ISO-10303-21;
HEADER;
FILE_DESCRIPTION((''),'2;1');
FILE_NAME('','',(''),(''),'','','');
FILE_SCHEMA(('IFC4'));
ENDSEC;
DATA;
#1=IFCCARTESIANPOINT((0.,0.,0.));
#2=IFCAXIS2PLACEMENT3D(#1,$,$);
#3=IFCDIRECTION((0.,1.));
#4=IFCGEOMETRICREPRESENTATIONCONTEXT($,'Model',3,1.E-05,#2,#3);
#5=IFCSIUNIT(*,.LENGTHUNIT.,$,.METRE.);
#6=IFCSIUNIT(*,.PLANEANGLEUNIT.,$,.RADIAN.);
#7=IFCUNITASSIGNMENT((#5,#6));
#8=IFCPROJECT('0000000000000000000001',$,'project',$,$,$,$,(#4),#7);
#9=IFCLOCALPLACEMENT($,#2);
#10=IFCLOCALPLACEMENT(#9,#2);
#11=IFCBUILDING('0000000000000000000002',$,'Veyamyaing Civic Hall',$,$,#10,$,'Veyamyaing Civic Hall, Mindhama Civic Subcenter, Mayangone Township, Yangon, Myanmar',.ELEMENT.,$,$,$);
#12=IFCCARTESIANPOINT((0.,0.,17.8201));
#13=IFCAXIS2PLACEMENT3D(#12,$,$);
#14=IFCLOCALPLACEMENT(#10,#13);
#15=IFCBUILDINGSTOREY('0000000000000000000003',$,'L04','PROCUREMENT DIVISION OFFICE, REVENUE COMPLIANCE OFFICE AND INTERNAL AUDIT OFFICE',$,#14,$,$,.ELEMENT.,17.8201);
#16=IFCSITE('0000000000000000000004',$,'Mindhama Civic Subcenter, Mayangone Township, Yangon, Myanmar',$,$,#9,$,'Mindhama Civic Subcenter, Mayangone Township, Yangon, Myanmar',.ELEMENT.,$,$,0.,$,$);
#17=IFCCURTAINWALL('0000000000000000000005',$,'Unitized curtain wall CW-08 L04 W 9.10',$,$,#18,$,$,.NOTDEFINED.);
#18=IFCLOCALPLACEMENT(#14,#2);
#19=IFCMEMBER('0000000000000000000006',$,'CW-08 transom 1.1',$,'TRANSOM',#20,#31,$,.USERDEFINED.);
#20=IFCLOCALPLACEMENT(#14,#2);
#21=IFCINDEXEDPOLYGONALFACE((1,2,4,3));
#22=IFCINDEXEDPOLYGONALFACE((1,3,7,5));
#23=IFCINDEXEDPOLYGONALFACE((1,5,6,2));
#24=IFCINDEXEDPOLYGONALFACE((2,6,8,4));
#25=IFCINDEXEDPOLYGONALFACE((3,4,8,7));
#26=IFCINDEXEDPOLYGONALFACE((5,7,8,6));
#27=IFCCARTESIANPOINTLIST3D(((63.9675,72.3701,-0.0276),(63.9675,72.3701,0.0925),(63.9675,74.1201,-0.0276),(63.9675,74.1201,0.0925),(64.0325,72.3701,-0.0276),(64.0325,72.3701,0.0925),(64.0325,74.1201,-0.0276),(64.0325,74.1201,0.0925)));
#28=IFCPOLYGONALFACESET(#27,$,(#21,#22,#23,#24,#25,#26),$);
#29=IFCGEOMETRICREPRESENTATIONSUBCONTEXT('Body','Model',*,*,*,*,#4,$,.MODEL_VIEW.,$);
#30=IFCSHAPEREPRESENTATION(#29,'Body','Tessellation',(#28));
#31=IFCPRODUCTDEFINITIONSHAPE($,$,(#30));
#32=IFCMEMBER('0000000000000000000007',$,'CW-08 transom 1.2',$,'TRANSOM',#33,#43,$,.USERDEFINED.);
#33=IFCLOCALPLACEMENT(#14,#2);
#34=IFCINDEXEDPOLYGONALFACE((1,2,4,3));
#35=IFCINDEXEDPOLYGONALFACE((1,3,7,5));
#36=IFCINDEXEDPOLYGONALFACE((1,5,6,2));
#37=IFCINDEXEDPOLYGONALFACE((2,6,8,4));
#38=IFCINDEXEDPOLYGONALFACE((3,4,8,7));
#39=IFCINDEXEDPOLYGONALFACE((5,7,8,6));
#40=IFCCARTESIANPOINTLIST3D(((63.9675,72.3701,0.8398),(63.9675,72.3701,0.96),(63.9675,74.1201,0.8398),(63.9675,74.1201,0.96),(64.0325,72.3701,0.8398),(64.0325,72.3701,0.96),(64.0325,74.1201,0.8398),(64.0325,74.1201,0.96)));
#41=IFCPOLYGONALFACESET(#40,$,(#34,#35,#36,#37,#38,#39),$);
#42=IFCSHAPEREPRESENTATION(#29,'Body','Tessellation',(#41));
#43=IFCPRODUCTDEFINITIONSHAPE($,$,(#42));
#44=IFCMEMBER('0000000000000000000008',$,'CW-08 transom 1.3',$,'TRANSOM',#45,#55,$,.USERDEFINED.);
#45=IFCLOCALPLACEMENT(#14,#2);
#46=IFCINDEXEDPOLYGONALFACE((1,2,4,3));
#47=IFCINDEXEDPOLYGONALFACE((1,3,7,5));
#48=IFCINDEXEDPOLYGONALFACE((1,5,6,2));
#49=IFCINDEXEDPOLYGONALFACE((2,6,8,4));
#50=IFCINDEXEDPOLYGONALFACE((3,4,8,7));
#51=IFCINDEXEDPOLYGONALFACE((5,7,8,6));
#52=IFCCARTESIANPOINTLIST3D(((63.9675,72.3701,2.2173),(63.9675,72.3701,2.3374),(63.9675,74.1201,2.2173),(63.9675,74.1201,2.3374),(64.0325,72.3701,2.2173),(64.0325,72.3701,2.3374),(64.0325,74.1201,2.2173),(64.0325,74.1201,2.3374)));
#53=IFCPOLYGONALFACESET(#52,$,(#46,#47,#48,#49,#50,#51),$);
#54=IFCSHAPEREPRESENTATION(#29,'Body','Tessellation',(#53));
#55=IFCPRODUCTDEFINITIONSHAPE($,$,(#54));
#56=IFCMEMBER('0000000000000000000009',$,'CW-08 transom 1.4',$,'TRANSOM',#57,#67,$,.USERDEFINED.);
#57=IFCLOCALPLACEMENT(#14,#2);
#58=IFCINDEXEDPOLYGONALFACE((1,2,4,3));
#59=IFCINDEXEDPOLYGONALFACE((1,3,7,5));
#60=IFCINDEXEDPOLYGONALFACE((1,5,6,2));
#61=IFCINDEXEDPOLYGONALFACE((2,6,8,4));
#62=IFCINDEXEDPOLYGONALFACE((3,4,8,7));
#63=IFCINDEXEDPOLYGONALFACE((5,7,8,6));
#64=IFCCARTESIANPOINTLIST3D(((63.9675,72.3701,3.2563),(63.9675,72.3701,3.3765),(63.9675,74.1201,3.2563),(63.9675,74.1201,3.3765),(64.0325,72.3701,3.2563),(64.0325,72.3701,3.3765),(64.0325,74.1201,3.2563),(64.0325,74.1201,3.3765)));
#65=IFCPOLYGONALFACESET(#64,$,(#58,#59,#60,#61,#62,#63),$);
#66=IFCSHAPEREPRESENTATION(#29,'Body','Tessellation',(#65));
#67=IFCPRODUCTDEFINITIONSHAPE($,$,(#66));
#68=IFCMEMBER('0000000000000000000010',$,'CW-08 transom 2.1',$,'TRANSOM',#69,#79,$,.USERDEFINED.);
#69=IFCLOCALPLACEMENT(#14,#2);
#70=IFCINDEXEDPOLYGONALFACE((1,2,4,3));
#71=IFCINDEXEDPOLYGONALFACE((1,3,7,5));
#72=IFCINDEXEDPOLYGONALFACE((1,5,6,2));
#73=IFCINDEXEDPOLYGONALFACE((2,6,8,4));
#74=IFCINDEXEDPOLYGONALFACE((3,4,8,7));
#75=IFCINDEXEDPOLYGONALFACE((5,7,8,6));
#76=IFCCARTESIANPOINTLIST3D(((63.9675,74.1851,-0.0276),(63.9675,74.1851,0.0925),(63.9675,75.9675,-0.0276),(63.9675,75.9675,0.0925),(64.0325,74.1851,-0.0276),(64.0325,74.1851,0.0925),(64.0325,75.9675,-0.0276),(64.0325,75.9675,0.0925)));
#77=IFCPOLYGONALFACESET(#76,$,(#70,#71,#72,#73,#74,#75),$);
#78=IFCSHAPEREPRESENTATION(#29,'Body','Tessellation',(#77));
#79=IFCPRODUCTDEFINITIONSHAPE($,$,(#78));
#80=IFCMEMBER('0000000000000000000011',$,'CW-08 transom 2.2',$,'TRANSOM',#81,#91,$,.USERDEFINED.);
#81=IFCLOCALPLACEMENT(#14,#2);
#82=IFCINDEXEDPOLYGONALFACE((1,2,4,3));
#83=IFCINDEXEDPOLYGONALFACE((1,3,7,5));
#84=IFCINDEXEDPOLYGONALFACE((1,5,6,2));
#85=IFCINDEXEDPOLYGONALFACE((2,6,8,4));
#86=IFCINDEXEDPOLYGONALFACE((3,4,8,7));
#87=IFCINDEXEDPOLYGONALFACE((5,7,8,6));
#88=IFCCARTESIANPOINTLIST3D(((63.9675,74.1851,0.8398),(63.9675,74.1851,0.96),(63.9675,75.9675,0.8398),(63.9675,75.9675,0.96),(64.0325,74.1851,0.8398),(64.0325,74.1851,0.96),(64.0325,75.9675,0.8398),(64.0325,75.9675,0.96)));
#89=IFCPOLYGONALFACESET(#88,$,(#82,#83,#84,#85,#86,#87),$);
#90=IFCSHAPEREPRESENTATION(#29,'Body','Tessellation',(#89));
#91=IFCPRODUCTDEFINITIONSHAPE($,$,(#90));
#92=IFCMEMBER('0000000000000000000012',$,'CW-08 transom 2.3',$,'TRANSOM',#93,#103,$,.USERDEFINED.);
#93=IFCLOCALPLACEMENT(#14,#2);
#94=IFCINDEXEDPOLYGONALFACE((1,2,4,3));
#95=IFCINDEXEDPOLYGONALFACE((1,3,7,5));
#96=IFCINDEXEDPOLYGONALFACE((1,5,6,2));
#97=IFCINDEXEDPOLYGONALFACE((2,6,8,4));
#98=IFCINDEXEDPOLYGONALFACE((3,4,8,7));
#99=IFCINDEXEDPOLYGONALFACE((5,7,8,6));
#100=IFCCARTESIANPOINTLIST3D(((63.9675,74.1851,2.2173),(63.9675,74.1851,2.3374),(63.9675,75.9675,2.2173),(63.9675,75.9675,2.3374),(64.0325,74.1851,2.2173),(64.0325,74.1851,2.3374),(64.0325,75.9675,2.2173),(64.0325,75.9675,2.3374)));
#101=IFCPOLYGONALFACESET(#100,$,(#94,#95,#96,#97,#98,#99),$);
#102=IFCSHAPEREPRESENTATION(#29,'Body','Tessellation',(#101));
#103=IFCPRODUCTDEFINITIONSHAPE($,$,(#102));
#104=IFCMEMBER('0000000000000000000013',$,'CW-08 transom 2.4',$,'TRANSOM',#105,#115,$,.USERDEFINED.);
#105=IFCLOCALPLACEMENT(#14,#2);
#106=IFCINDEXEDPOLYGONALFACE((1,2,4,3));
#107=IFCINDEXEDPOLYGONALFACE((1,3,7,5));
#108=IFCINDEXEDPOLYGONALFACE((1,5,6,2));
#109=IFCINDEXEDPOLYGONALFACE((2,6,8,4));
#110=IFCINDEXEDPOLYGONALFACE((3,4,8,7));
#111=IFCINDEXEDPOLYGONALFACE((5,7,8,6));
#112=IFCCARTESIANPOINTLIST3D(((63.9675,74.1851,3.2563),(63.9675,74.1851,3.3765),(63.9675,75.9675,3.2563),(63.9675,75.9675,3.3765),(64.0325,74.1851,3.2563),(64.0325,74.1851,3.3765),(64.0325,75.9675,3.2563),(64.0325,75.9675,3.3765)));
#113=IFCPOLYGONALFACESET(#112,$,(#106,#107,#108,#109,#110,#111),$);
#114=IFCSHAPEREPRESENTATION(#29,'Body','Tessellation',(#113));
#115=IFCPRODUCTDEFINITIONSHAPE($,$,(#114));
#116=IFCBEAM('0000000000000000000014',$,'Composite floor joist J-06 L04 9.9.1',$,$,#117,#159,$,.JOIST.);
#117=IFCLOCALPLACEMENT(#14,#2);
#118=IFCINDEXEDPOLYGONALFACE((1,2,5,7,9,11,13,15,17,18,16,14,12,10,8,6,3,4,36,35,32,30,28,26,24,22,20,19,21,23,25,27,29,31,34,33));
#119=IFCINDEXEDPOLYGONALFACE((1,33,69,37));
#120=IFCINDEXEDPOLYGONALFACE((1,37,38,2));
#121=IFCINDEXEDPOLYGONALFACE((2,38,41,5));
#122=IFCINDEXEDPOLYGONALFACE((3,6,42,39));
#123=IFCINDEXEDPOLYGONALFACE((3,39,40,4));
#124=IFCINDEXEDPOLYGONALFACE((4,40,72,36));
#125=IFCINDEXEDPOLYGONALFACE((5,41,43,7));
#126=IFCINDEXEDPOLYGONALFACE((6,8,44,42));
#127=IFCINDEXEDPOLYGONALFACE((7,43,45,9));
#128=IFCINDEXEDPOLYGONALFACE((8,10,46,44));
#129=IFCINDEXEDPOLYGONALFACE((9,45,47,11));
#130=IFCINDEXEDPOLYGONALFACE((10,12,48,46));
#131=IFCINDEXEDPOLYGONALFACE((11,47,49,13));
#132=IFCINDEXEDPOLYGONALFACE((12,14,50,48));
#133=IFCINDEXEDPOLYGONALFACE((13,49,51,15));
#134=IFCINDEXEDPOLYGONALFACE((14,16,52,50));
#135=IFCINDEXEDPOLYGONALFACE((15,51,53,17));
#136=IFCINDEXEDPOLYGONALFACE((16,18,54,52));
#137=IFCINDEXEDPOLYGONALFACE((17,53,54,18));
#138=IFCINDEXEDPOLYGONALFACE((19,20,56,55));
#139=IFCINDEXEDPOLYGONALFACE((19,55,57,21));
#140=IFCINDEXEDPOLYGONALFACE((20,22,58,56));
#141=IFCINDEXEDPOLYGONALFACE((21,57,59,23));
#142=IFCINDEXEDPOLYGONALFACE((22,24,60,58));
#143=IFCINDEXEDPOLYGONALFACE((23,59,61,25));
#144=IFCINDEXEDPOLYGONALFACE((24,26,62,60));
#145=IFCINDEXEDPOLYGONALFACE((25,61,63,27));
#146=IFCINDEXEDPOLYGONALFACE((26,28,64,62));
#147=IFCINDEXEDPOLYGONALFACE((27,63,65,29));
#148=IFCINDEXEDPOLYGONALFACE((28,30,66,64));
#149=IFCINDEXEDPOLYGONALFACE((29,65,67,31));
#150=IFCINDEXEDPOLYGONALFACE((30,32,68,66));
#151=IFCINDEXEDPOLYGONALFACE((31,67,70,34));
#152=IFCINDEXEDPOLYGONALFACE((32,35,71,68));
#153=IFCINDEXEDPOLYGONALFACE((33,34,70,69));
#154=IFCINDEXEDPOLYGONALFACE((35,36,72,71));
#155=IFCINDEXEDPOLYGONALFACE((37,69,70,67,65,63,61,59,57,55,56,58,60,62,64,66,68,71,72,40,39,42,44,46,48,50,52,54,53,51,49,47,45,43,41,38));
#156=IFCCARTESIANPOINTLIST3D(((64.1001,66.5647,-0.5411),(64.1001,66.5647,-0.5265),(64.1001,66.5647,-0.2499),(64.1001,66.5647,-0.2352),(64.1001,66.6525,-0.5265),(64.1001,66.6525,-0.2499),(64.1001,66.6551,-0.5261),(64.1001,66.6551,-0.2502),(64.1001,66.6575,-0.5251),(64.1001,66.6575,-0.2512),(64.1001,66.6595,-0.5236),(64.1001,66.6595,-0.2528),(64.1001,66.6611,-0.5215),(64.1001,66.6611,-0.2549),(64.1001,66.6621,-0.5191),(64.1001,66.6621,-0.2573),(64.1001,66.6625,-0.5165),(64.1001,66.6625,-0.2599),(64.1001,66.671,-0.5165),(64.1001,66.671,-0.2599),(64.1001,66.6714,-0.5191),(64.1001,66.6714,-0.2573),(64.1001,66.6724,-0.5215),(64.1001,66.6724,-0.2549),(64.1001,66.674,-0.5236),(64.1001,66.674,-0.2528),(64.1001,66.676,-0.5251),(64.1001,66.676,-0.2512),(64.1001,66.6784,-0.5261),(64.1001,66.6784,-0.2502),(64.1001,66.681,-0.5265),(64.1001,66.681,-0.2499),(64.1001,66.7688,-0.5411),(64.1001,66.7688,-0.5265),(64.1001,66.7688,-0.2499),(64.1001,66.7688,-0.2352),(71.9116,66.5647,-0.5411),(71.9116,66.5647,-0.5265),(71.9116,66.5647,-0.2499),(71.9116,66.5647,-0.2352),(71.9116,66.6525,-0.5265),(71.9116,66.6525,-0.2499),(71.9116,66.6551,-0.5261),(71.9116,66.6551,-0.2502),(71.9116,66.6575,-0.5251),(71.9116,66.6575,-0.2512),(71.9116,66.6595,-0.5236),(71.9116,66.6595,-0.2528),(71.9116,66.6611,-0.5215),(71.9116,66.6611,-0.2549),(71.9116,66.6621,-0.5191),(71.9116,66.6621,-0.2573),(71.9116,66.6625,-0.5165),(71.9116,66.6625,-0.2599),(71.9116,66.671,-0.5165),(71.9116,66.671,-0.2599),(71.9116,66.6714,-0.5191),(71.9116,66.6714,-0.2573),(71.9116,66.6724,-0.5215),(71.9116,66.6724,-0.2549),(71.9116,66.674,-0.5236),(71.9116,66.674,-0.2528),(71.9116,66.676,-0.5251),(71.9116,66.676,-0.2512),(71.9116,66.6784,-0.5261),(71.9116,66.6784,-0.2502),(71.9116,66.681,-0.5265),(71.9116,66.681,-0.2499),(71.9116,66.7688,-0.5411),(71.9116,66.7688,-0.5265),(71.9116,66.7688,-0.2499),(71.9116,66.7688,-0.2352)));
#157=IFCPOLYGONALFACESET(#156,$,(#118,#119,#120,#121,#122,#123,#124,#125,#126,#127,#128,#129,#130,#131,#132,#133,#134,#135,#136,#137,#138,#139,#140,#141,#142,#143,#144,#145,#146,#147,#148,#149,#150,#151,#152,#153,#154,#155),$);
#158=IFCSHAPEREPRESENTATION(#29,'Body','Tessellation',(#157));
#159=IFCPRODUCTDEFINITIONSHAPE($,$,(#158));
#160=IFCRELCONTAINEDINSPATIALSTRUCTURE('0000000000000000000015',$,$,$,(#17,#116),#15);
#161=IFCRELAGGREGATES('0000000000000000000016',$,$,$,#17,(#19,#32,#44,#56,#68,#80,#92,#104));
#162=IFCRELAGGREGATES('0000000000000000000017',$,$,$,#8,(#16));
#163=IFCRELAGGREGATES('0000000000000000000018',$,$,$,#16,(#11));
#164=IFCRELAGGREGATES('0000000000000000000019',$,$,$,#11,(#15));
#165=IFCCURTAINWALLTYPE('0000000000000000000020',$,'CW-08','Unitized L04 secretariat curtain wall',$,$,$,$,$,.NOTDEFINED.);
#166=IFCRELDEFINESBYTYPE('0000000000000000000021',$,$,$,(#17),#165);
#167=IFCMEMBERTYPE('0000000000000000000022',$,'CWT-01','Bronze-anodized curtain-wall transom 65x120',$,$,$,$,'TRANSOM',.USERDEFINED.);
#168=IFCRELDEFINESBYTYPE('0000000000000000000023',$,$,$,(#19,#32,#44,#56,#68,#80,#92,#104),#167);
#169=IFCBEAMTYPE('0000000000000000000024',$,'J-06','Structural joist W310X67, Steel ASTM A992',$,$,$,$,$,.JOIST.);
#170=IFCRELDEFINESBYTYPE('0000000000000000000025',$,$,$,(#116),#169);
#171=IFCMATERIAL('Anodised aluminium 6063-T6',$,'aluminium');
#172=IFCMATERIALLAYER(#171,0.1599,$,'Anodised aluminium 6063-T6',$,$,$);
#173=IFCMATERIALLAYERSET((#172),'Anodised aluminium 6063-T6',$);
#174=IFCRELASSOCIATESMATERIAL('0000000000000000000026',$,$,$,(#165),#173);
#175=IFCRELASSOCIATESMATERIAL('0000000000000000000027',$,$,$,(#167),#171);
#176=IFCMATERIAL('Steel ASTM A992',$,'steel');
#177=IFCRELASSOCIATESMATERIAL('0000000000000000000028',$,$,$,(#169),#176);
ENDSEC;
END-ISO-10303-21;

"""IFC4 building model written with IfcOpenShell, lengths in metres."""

from ifc_helpers import new_model, si_unit, direction, frame, origin, origin_2d, place, context, subcontext, project, spatial, rectangle, i_section, extrude, material, layer, layer_set, material_profile, profile_set, type_object, element, aggregate, save


model = new_model("IFC4")

# Units and contexts
model_context = context("Model", 3, precision=1e-05, world=origin(), true_north=direction((0.0, 1.0)))
body_context = subcontext(model_context, "Body", "Model", "MODEL_VIEW")
ifc_project = project(units=[si_unit("LENGTHUNIT", "METRE"), si_unit("PLANEANGLEUNIT", "RADIAN")], contexts=[model_context])

# Site, building, storey
site_placement = place(None, origin())
site = spatial("IfcSite", under=ifc_project, at=site_placement, Name="Mindhama Civic Subcenter, Mayangone Township, Yangon, Myanmar", LongName="Mindhama Civic Subcenter, Mayangone Township, Yangon, Myanmar", CompositionType="ELEMENT", RefElevation=0.0)
building_placement = place(site_placement, origin())
building = spatial("IfcBuilding", under=site, at=building_placement, Name="Veyamyaing Civic Hall", LongName="Veyamyaing Civic Hall, Mindhama Civic Subcenter, Mayangone Township, Yangon, Myanmar", CompositionType="ELEMENT")
storey_placement = place(building_placement, frame((0.0, 0.0, 17.8201)))
storey = spatial("IfcBuildingStorey", under=building, at=storey_placement, Name="L04", Description="PROCUREMENT DIVISION OFFICE, REVENUE COMPLIANCE OFFICE AND INTERNAL AUDIT OFFICE", CompositionType="ELEMENT", Elevation=17.8201)

# Shared definitions
ifc_material_1 = material(Name="Steel ASTM A992", Category="steel")

# Curtain wall, members
ifc_material_2 = material(Name="Anodised aluminium 6063-T6", Category="aluminium")
ifc_layer_1 = layer(ifc_material_2, 0.1599, Name="Anodised aluminium 6063-T6")
ifc_layer_set_1 = layer_set([ifc_layer_1], Name="Anodised aluminium 6063-T6")
curtain_wall_type = type_object("IfcCurtainWallType", Name="CW-08", Description="Unitized L04 secretariat curtain wall", PredefinedType="NOTDEFINED", material=ifc_layer_set_1)
curtain_wall_placement = place(storey_placement, origin())
curtain_wall = element("IfcCurtainWall", 1, at=curtain_wall_placement, inside=storey, type_object=curtain_wall_type, Name="Unitized curtain wall CW-08 L04 W 9.10", PredefinedType="NOTDEFINED")
ifc_material_profile_1 = material_profile(ifc_material_2, rectangle(XDim=0.0649, YDim=0.1201, at=origin_2d()), Name="ALU-TRN-65X120")
ifc_profile_set_1 = profile_set([ifc_material_profile_1], Name="Anodised aluminium 6063-T6")
member_type_1 = type_object("IfcMemberType", Name="CWT-01", Description="Bronze-anodized curtain-wall transom 65x120", ElementType="TRANSOM", PredefinedType="USERDEFINED", material=ifc_profile_set_1)
member_1_placement = place(storey_placement, frame((64.0, 72.3701, 0.0325), z_axis=(0.0, 1.0, 0.0), x_axis=(-1.0, 0.0, 0.0)))
member_1 = element("IfcMember", 2, at=member_1_placement, type_object=member_type_1, Name="CW-08 transom 1.1", ObjectType="TRANSOM", PredefinedType="USERDEFINED", context=body_context, shape_type="SweptSolid", body=[
    extrude(rectangle(XDim=0.0649, YDim=0.1201, at=origin_2d()), origin(), (0.0, 0.0, 1.0), 1.75),
])
member_2_placement = place(storey_placement, frame((64.0, 72.3701, 0.8999), z_axis=(0.0, 1.0, 0.0), x_axis=(-1.0, 0.0, 0.0)))
member_2 = element("IfcMember", 3, at=member_2_placement, type_object=member_type_1, Name="CW-08 transom 1.2", ObjectType="TRANSOM", PredefinedType="USERDEFINED", context=body_context, shape_type="SweptSolid", body=[
    extrude(rectangle(XDim=0.0649, YDim=0.1201, at=origin_2d()), origin(), (0.0, 0.0, 1.0), 1.75),
])
member_3_placement = place(storey_placement, frame((64.0, 72.3701, 2.2773), z_axis=(0.0, 1.0, 0.0), x_axis=(-1.0, 0.0, 0.0)))
member_3 = element("IfcMember", 4, at=member_3_placement, type_object=member_type_1, Name="CW-08 transom 1.3", ObjectType="TRANSOM", PredefinedType="USERDEFINED", context=body_context, shape_type="SweptSolid", body=[
    extrude(rectangle(XDim=0.0649, YDim=0.1201, at=origin_2d()), origin(), (0.0, 0.0, 1.0), 1.75),
])
member_4_placement = place(storey_placement, frame((64.0, 72.3701, 3.3164), z_axis=(0.0, 1.0, 0.0), x_axis=(-1.0, 0.0, 0.0)))
member_4 = element("IfcMember", 5, at=member_4_placement, type_object=member_type_1, Name="CW-08 transom 1.4", ObjectType="TRANSOM", PredefinedType="USERDEFINED", context=body_context, shape_type="SweptSolid", body=[
    extrude(rectangle(XDim=0.0649, YDim=0.1201, at=origin_2d()), origin(), (0.0, 0.0, 1.0), 1.75),
])
member_5_placement = place(storey_placement, frame((64.0, 74.1851, 0.0325), z_axis=(0.0, 1.0, 0.0), x_axis=(-1.0, 0.0, 0.0)))
member_5 = element("IfcMember", 6, at=member_5_placement, type_object=member_type_1, Name="CW-08 transom 2.1", ObjectType="TRANSOM", PredefinedType="USERDEFINED", context=body_context, shape_type="SweptSolid", body=[
    extrude(rectangle(XDim=0.0649, YDim=0.1201, at=origin_2d()), origin(), (0.0, 0.0, 1.0), 1.7825),
])
member_6_placement = place(storey_placement, frame((64.0, 74.1851, 0.8999), z_axis=(0.0, 1.0, 0.0), x_axis=(-1.0, 0.0, 0.0)))
member_6 = element("IfcMember", 7, at=member_6_placement, type_object=member_type_1, Name="CW-08 transom 2.2", ObjectType="TRANSOM", PredefinedType="USERDEFINED", context=body_context, shape_type="SweptSolid", body=[
    extrude(rectangle(XDim=0.0649, YDim=0.1201, at=origin_2d()), origin(), (0.0, 0.0, 1.0), 1.7825),
])
member_7_placement = place(storey_placement, frame((64.0, 74.1851, 2.2773), z_axis=(0.0, 1.0, 0.0), x_axis=(-1.0, 0.0, 0.0)))
member_7 = element("IfcMember", 8, at=member_7_placement, type_object=member_type_1, Name="CW-08 transom 2.3", ObjectType="TRANSOM", PredefinedType="USERDEFINED", context=body_context, shape_type="SweptSolid", body=[
    extrude(rectangle(XDim=0.0649, YDim=0.1201, at=origin_2d()), origin(), (0.0, 0.0, 1.0), 1.7825),
])
member_8_placement = place(storey_placement, frame((64.0, 74.1851, 3.3164), z_axis=(0.0, 1.0, 0.0), x_axis=(-1.0, 0.0, 0.0)))
member_8 = element("IfcMember", 9, at=member_8_placement, type_object=member_type_1, Name="CW-08 transom 2.4", ObjectType="TRANSOM", PredefinedType="USERDEFINED", context=body_context, shape_type="SweptSolid", body=[
    extrude(rectangle(XDim=0.0649, YDim=0.1201, at=origin_2d()), origin(), (0.0, 0.0, 1.0), 1.7825),
])

# Beam
ifc_material_profile_2 = material_profile(ifc_material_1, i_section(OverallWidth=0.2041, OverallDepth=0.3059, WebThickness=0.0085, FlangeThickness=0.0146, FilletRadius=0.01, at=origin_2d()), Name="W310X67")
ifc_profile_set_2 = profile_set([ifc_material_profile_2], Name="Steel ASTM A992")
beam_type_1 = type_object("IfcBeamType", Name="J-06", Description="Structural joist W310X67, Steel ASTM A992", PredefinedType="JOIST", material=ifc_profile_set_2)
for number, where, z_axis, x_axis, name in (
    (10, (64.1001, 66.6667, -0.3882), (1.0, 0.0, 0.0), (0.0, 1.0, 0.0), "Composite floor joist J-06 L04 9.9.1"),
):
    element("IfcBeam", number, at=place(storey_placement, frame(where, z_axis=z_axis, x_axis=x_axis)), inside=storey, type_object=beam_type_1, Name=name, PredefinedType="JOIST", context=body_context, shape_type="SweptSolid", body=[
        extrude(i_section(OverallWidth=0.2041, OverallDepth=0.3059, WebThickness=0.0085, FlangeThickness=0.0146, FilletRadius=0.01, at=origin_2d()), origin(), (0.0, 0.0, 1.0), 7.8115),
    ])

aggregate(curtain_wall, [member_1, member_2, member_3, member_4, member_5, member_6, member_7, member_8])

save(model, "model.ifc")
